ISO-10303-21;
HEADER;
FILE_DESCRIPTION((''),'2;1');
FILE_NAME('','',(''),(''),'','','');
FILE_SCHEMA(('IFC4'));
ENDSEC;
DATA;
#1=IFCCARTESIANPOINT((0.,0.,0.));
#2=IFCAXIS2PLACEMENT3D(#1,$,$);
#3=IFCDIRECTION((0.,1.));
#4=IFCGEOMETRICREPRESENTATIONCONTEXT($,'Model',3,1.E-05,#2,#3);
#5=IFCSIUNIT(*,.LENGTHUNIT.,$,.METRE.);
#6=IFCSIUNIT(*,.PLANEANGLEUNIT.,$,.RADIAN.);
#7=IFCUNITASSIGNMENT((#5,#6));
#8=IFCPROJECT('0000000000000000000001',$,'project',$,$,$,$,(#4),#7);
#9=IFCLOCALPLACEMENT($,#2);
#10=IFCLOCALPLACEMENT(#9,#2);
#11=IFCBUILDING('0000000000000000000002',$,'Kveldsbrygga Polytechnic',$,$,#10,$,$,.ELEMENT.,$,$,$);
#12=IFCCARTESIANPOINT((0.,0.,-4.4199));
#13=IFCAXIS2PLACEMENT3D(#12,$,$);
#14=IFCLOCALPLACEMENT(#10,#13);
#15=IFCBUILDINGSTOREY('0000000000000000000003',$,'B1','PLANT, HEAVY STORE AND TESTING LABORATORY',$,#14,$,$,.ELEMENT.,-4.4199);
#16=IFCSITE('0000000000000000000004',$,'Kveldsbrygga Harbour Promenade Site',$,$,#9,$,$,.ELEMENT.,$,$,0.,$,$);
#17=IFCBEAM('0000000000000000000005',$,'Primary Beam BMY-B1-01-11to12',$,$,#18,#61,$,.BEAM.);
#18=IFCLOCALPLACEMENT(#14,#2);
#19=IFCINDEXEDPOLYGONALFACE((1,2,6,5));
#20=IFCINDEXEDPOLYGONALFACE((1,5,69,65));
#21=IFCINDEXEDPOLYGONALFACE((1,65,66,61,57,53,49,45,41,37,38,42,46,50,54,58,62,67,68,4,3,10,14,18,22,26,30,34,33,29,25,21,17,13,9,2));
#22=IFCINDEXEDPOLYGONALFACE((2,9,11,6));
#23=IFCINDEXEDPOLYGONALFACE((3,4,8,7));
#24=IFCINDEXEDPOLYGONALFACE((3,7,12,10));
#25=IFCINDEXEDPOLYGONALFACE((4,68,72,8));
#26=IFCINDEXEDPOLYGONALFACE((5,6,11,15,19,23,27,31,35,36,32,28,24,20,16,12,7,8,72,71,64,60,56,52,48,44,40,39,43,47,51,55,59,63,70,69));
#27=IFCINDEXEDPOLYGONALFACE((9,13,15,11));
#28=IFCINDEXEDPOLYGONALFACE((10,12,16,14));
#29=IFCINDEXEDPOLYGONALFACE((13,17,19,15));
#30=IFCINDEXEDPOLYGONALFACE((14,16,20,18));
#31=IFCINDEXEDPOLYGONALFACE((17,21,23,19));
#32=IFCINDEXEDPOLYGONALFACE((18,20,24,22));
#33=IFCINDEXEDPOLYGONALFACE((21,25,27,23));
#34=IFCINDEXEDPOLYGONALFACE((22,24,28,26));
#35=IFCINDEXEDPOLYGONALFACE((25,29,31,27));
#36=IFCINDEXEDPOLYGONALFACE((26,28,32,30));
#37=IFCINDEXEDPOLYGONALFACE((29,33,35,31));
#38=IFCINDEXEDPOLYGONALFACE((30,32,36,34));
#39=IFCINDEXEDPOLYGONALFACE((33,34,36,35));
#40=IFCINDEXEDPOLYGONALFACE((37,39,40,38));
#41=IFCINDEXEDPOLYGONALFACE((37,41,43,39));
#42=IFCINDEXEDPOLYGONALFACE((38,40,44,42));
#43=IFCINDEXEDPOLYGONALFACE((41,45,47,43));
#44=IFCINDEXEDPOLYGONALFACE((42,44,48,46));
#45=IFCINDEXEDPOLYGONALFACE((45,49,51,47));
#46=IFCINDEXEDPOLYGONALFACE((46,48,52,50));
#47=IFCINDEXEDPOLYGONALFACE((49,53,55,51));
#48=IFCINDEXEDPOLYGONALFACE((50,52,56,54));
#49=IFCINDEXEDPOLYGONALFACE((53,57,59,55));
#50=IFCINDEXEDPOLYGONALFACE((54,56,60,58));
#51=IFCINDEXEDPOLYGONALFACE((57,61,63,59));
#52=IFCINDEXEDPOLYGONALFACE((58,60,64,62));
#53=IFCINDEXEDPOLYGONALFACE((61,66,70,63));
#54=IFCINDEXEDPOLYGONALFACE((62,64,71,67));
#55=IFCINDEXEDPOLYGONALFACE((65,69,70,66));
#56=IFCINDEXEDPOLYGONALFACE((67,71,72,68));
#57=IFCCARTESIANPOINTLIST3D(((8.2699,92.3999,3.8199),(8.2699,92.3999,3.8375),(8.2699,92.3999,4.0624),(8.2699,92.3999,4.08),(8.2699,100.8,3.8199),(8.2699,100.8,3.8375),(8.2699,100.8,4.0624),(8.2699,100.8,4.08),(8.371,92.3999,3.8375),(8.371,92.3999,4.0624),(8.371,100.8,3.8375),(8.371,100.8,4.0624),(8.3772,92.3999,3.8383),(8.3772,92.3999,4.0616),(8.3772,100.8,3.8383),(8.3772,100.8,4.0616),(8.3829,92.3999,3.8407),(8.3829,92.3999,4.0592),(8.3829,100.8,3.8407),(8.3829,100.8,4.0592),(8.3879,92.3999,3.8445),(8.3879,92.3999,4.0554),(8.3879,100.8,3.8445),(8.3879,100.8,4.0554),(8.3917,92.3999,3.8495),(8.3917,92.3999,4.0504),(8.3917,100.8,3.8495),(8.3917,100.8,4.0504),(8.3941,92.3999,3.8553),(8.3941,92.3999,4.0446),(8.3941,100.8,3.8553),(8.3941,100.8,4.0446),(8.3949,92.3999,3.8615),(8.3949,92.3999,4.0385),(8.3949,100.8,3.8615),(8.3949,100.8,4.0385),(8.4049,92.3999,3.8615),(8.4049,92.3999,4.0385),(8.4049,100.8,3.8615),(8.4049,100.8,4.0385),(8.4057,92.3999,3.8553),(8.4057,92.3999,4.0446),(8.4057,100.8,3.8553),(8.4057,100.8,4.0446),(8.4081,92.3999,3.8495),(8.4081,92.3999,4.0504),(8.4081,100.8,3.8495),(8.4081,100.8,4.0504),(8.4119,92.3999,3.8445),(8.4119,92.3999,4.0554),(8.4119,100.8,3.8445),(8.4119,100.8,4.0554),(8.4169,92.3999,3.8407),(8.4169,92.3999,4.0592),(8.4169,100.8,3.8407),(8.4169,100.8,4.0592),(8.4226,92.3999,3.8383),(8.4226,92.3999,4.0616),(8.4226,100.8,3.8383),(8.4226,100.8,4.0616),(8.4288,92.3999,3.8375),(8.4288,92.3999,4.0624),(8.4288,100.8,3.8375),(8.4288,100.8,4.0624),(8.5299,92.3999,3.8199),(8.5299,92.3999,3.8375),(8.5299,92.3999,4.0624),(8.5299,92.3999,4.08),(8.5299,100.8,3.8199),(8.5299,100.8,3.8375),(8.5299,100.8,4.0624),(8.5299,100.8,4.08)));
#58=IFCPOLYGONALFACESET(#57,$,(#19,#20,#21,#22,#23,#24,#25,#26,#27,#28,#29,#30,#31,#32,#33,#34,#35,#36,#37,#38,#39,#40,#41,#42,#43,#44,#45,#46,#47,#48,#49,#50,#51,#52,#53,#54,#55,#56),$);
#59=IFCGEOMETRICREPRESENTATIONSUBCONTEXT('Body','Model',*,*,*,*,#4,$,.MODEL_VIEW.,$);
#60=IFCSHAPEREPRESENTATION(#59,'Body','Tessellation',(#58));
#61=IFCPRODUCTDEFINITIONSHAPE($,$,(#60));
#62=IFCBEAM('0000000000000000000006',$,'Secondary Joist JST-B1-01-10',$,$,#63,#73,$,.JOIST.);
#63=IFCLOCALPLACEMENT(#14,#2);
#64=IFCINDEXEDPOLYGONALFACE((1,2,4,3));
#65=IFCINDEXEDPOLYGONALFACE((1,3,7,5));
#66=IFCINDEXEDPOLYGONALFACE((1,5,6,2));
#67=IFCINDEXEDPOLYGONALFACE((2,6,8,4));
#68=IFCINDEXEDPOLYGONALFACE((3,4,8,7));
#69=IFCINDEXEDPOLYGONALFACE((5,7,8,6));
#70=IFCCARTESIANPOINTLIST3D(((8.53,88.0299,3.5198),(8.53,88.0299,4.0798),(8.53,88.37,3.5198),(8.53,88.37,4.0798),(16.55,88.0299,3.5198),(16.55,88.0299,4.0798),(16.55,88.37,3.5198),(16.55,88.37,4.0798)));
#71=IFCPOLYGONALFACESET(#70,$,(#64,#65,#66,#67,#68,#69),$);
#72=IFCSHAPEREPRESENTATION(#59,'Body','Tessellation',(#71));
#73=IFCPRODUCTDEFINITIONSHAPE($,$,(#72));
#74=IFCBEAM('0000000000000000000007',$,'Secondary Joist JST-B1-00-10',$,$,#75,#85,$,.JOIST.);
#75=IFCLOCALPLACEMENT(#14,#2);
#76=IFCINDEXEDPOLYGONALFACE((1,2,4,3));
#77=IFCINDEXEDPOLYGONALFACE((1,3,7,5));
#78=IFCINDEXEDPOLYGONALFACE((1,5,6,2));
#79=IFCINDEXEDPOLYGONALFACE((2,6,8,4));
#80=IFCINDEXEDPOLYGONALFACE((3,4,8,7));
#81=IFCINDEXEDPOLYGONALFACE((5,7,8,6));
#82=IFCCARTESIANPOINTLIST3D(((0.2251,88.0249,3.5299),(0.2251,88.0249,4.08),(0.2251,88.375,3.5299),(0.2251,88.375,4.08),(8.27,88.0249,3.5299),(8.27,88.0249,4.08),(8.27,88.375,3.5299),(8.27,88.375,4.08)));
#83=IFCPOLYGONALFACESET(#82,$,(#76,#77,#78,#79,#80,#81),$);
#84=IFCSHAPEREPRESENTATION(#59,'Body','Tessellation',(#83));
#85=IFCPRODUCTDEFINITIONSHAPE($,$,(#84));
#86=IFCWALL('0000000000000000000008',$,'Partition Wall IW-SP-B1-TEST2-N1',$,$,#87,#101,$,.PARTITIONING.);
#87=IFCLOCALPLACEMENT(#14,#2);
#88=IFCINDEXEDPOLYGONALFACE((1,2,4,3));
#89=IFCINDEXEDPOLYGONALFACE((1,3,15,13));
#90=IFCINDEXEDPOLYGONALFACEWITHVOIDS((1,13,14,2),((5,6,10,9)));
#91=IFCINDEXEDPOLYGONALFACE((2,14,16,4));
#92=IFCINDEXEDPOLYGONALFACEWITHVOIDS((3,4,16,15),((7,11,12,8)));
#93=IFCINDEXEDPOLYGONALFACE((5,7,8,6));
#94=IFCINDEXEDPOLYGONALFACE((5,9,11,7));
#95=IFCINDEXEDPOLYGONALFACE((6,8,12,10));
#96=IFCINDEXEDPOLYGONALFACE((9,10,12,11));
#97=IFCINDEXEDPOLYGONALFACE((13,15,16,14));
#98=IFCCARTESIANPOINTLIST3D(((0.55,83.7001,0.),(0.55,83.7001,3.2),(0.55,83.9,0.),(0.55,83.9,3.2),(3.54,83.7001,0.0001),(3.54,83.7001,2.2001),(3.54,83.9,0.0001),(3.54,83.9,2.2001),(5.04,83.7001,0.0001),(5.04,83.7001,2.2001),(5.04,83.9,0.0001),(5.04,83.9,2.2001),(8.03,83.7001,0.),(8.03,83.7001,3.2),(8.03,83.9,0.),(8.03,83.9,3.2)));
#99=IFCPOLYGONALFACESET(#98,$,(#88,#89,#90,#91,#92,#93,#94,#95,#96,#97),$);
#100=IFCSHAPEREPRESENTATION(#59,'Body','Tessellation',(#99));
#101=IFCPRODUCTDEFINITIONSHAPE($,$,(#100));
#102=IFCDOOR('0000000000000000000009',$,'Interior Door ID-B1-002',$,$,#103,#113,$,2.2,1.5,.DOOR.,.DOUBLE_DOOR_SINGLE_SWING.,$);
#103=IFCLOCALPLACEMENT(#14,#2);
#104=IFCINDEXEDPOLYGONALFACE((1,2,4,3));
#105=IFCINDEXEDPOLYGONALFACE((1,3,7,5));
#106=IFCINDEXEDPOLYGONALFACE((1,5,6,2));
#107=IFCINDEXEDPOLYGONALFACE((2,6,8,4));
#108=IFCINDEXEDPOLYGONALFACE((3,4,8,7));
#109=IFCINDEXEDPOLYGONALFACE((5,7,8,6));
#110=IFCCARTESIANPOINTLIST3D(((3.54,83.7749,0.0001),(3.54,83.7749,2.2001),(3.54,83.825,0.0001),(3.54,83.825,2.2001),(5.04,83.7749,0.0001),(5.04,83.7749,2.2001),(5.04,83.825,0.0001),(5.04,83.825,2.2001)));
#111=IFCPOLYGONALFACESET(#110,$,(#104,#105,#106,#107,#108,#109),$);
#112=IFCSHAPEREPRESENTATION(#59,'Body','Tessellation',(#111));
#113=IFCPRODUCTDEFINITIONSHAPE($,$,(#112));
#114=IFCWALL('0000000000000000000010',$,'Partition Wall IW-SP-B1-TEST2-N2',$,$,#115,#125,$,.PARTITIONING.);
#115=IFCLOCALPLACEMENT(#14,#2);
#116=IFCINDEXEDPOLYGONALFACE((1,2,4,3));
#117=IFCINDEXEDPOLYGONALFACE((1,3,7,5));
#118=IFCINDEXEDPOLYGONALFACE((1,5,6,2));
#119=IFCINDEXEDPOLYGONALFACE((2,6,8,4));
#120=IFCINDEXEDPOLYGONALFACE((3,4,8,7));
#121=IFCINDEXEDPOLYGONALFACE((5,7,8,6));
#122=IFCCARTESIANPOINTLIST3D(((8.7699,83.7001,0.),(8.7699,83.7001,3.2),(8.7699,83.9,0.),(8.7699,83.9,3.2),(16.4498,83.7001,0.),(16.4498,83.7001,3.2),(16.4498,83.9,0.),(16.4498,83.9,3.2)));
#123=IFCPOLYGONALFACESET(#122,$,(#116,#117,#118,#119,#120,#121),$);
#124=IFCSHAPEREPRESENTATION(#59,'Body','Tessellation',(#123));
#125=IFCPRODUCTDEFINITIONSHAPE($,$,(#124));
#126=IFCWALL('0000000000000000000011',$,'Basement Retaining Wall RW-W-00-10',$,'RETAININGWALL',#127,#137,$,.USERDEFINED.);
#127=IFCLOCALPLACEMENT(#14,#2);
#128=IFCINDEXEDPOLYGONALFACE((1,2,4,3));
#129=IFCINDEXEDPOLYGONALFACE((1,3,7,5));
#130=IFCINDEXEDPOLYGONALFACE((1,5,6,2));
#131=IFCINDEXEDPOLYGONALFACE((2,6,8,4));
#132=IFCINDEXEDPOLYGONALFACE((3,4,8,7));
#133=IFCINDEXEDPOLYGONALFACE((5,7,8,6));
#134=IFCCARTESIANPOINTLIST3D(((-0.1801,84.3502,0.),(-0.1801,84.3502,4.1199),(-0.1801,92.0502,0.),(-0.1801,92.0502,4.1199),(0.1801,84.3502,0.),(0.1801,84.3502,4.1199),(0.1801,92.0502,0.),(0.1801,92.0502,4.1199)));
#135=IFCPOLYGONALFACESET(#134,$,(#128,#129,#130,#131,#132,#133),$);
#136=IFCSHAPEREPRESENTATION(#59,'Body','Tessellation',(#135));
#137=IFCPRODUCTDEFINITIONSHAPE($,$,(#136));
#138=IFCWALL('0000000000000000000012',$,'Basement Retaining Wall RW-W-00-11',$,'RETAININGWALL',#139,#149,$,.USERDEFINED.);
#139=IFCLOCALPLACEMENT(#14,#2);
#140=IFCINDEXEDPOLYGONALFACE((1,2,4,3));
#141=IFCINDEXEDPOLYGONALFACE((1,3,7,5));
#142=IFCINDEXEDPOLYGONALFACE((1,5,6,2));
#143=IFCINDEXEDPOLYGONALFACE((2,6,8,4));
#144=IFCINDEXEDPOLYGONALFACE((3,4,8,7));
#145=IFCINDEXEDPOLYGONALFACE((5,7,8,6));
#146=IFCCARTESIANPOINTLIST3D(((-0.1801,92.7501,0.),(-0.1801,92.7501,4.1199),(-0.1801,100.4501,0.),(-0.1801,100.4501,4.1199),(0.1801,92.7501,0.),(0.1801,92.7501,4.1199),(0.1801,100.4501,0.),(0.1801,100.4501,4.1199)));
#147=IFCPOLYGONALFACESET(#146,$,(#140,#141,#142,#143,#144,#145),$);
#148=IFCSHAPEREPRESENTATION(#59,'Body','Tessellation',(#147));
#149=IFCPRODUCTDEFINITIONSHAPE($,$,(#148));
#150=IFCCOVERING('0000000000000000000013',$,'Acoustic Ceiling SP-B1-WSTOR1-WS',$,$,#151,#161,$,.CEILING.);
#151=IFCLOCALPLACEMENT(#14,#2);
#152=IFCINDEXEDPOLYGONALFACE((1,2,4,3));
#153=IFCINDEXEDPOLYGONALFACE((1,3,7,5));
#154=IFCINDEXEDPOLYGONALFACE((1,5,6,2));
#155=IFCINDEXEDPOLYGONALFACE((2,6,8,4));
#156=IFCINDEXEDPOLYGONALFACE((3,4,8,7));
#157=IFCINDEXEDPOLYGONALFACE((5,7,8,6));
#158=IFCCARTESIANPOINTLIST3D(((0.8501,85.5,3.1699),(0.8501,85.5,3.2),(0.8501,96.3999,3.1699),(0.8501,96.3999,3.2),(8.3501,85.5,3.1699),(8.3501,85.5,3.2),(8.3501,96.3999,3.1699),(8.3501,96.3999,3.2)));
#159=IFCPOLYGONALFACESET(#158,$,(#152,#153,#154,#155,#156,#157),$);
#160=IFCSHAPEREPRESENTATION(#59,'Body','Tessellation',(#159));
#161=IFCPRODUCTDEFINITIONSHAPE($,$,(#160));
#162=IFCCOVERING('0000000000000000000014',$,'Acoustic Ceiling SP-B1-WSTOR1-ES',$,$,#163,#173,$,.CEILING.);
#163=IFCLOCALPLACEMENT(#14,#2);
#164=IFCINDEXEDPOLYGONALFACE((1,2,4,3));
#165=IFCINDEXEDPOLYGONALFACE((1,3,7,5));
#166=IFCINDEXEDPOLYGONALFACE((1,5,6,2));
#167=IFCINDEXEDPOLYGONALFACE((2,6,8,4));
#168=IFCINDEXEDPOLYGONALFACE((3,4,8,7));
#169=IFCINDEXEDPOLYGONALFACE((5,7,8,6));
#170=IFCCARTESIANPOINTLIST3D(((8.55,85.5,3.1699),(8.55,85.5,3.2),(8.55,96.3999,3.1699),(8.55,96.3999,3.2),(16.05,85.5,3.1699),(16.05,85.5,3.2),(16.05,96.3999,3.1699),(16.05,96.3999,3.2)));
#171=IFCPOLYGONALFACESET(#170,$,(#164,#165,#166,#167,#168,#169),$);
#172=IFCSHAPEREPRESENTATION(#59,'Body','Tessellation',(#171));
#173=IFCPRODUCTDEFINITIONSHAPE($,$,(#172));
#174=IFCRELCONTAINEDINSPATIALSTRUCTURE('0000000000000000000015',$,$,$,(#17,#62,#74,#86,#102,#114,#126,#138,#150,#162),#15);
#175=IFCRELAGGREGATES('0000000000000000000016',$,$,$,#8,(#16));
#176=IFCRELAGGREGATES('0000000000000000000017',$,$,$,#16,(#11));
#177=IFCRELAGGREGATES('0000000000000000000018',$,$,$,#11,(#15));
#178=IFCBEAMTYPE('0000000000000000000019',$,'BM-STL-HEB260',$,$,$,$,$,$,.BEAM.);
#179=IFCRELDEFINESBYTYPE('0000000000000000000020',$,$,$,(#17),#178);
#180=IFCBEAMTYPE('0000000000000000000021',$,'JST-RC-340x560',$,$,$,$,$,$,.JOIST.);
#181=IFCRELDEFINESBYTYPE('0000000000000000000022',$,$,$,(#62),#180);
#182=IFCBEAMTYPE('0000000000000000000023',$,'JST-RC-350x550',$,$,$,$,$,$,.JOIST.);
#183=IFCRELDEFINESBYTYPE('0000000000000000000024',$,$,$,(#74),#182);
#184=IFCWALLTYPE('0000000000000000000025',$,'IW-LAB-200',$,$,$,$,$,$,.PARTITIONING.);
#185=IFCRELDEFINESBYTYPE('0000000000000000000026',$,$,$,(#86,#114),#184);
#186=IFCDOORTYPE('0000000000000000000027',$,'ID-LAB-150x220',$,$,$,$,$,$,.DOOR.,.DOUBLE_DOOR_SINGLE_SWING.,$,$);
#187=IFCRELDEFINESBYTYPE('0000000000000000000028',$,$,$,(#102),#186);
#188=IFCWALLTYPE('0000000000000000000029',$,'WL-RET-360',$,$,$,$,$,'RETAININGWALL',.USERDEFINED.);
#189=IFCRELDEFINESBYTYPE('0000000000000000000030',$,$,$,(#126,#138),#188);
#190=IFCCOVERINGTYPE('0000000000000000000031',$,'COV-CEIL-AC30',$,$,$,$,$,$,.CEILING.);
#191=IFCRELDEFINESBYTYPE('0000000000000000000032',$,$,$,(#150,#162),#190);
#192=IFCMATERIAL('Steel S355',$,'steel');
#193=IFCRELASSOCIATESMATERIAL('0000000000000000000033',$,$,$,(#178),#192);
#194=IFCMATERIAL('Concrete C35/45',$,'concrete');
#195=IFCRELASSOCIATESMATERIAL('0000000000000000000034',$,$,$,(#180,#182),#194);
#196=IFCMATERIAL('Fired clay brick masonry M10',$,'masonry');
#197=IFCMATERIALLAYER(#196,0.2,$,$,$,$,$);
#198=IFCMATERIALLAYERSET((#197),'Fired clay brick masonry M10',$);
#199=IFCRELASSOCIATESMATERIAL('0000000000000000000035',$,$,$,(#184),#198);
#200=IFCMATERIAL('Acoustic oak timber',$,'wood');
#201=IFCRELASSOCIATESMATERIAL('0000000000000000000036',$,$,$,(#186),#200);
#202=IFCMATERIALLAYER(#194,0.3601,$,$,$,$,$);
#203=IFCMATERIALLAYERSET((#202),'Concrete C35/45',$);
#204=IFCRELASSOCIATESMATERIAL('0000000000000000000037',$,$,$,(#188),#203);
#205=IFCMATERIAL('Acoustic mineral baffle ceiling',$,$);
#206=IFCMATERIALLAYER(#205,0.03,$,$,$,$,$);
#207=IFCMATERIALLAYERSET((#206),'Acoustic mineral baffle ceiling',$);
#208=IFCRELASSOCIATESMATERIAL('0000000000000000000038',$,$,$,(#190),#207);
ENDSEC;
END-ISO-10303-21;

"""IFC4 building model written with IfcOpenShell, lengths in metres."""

from ifc_helpers import new_model, si_unit, direction, frame, frame_2d, origin, origin_2d, place, context, subcontext, project, spatial, rectangle, i_section, extrude, material, layer, layer_set, material_profile, profile_set, type_object, element, fill, save


model = new_model("IFC4")

# Units and contexts
model_context = context("Model", 3, precision=1e-05, world=origin(), true_north=direction((0.0, 1.0)))
body_context = subcontext(model_context, "Body", "Model", "MODEL_VIEW")
ifc_project = project(units=[si_unit("LENGTHUNIT", "METRE"), si_unit("PLANEANGLEUNIT", "RADIAN")], contexts=[model_context])

# Site, building, storey
site_placement = place(None, origin())
site = spatial("IfcSite", under=ifc_project, at=site_placement, Name="Kveldsbrygga Harbour Promenade Site", CompositionType="ELEMENT", RefElevation=0.0)
building_placement = place(site_placement, origin())
building = spatial("IfcBuilding", under=site, at=building_placement, Name="Kveldsbrygga Polytechnic", CompositionType="ELEMENT")
storey_placement = place(building_placement, frame((0.0, 0.0, -4.4199)))
storey = spatial("IfcBuildingStorey", under=building, at=storey_placement, Name="B1", Description="PLANT, HEAVY STORE AND TESTING LABORATORY", CompositionType="ELEMENT", Elevation=-4.4199)

# Beams
ifc_material_1 = material(Name="Concrete C35/45", Category="concrete")
ifc_material_2 = material(Name="Steel S355", Category="steel")
ifc_material_profile_1 = material_profile(ifc_material_2, i_section(OverallWidth=0.26, OverallDepth=0.26, WebThickness=0.01, FlangeThickness=0.0176, FilletRadius=0.0239, at=origin_2d()), Name="HEB 260")
ifc_profile_set_1 = profile_set([ifc_material_profile_1], Name="Steel S355")
beam_type_1 = type_object("IfcBeamType", Name="BM-STL-HEB260", PredefinedType="BEAM", material=ifc_profile_set_1)
beam_1_placement = place(storey_placement, frame((8.3999, 92.3999, 3.95), z_axis=(0.0, 1.0, 0.0), x_axis=(-1.0, 0.0, 0.0)))
element("IfcBeam", 1, at=beam_1_placement, inside=storey, type_object=beam_type_1, Name="Primary Beam BMY-B1-01-11to12", PredefinedType="BEAM", context=body_context, shape_type="SweptSolid", body=[
    extrude(i_section(OverallWidth=0.26, OverallDepth=0.26, WebThickness=0.01, FlangeThickness=0.0176, FilletRadius=0.0239, at=origin_2d()), origin(), (0.0, 0.0, 1.0), 8.4001),
])
ifc_material_profile_2 = material_profile(ifc_material_1, rectangle(XDim=0.3401, YDim=0.5601, at=origin_2d()), Name="RC 340x560")
ifc_profile_set_2 = profile_set([ifc_material_profile_2], Name="Concrete C35/45")
beam_type_2 = type_object("IfcBeamType", Name="JST-RC-340x560", PredefinedType="JOIST", material=ifc_profile_set_2)
beam_2_placement = place(storey_placement, frame((8.53, 88.2, 3.7998), z_axis=(1.0, 0.0, 0.0), x_axis=(0.0, 1.0, 0.0)))
element("IfcBeam", 2, at=beam_2_placement, inside=storey, type_object=beam_type_2, Name="Secondary Joist JST-B1-01-10", PredefinedType="JOIST", context=body_context, shape_type="SweptSolid", body=[
    extrude(rectangle(XDim=0.3401, YDim=0.5601, at=origin_2d()), origin(), (0.0, 0.0, 1.0), 8.02),
])
ifc_material_profile_3 = material_profile(ifc_material_1, rectangle(XDim=0.3501, YDim=0.55, at=origin_2d()), Name="RC 350x550")
ifc_profile_set_3 = profile_set([ifc_material_profile_3], Name="Concrete C35/45")
beam_type_3 = type_object("IfcBeamType", Name="JST-RC-350x550", PredefinedType="JOIST", material=ifc_profile_set_3)
beam_3_placement = place(storey_placement, frame((0.2251, 88.2, 3.8049), z_axis=(1.0, 0.0, 0.0), x_axis=(0.0, 1.0, 0.0)))
element("IfcBeam", 3, at=beam_3_placement, inside=storey, type_object=beam_type_3, Name="Secondary Joist JST-B1-00-10", PredefinedType="JOIST", context=body_context, shape_type="SweptSolid", body=[
    extrude(rectangle(XDim=0.3501, YDim=0.55, at=origin_2d()), origin(), (0.0, 0.0, 1.0), 8.0449),
])

# Wall, opening, door
ifc_material_3 = material(Name="Fired clay brick masonry M10", Category="masonry")
ifc_layer_1 = layer(ifc_material_3, 0.2)
ifc_layer_set_1 = layer_set([ifc_layer_1], Name="Fired clay brick masonry M10")
wall_type_1 = type_object("IfcWallType", Name="IW-LAB-200", PredefinedType="PARTITIONING", material=ifc_layer_set_1)
wall_1_placement = place(storey_placement, frame((0.55, 83.8, 0.0), z_axis=(0.0, 0.0, 1.0), x_axis=(1.0, 0.0, 0.0)))
wall_1 = element("IfcWall", 4, at=wall_1_placement, inside=storey, type_object=wall_type_1, Name="Partition Wall IW-SP-B1-TEST2-N1", PredefinedType="PARTITIONING", context=body_context, shape_type="SweptSolid", body=[
    extrude(rectangle(XDim=7.48, YDim=0.2, at=frame_2d((3.74, 0.0))), origin(), (0.0, 0.0, 1.0), 3.2),
])
opening_placement = place(wall_1_placement, frame((2.99, 0.0, 0.0)))
opening = element("IfcOpeningElement", 5, at=opening_placement, cuts=wall_1, PredefinedType="OPENING", context=body_context, shape_type="SweptSolid", body=[
    extrude(rectangle(XDim=1.5, YDim=2.2, at=frame_2d((0.75, 1.1001))), frame((0.0, 0.1099, 0.0), z_axis=(0.0, -1.0, 0.0), x_axis=(1.0, 0.0, 0.0)), (0.0, 0.0, 1.0), 0.22),
])
ifc_material_4 = material(Name="Acoustic oak timber", Category="wood")
door_type = type_object("IfcDoorType", Name="ID-LAB-150x220", OperationType="DOUBLE_DOOR_SINGLE_SWING", PredefinedType="DOOR", material=ifc_material_4)
door_placement = place(opening_placement, origin())
door = element("IfcDoor", 6, at=door_placement, inside=storey, type_object=door_type, Name="Interior Door ID-B1-002", OperationType="DOUBLE_DOOR_SINGLE_SWING", OverallHeight=2.2, OverallWidth=1.5, PredefinedType="DOOR", context=body_context, shape_type="SweptSolid", body=[
    extrude(rectangle(XDim=1.5, YDim=2.2, at=frame_2d((0.75, 1.1001))), frame((0.0, 0.0249, 0.0), z_axis=(0.0, -1.0, 0.0), x_axis=(1.0, 0.0, 0.0)), (0.0, 0.0, 1.0), 0.05),
])
fill(opening, door)

# Walls
wall_2_placement = place(storey_placement, frame((8.77, 83.8, 0.0), z_axis=(0.0, 0.0, 1.0), x_axis=(1.0, 0.0, 0.0)))
element("IfcWall", 7, at=wall_2_placement, inside=storey, type_object=wall_type_1, Name="Partition Wall IW-SP-B1-TEST2-N2", PredefinedType="PARTITIONING", context=body_context, shape_type="SweptSolid", body=[
    extrude(rectangle(XDim=7.6799, YDim=0.2, at=frame_2d((3.8398, 0.0))), origin(), (0.0, 0.0, 1.0), 3.2),
])
ifc_layer_2 = layer(ifc_material_1, 0.3601)
ifc_layer_set_2 = layer_set([ifc_layer_2], Name="Concrete C35/45")
wall_type_2 = type_object("IfcWallType", Name="WL-RET-360", ElementType="RETAININGWALL", PredefinedType="USERDEFINED", material=ifc_layer_set_2)
for number, where, z_axis, x_axis, name in (
    (8, (0.0, 84.3501, 0.0), (0.0, 0.0, 1.0), (0.0, 1.0, 0.0), "Basement Retaining Wall RW-W-00-10"),
    (9, (0.0, 92.75, 0.0), (0.0, 0.0, 1.0), (0.0, 1.0, 0.0), "Basement Retaining Wall RW-W-00-11"),
):
    element("IfcWall", number, at=place(storey_placement, frame(where, z_axis=z_axis, x_axis=x_axis)), inside=storey, type_object=wall_type_2, Name=name, ObjectType="RETAININGWALL", PredefinedType="USERDEFINED", context=body_context, shape_type="SweptSolid", body=[
        extrude(rectangle(XDim=7.7, YDim=0.3601, at=frame_2d((3.8501, 0.0))), origin(), (0.0, 0.0, 1.0), 4.1199),
    ])

# Coverings
ifc_material_5 = material(Name="Acoustic mineral baffle ceiling")
ifc_layer_3 = layer(ifc_material_5, 0.03)
ifc_layer_set_3 = layer_set([ifc_layer_3], Name="Acoustic mineral baffle ceiling")
covering_type_1 = type_object("IfcCoveringType", Name="COV-CEIL-AC30", PredefinedType="CEILING", material=ifc_layer_set_3)
for number, where, z_axis, x_axis, name in (
    (10, (4.6001, 90.95, 3.1699), (0.0, 0.0, 1.0), (1.0, 0.0, 0.0), "Acoustic Ceiling SP-B1-WSTOR1-WS"),
    (11, (12.3, 90.95, 3.1699), (0.0, 0.0, 1.0), (1.0, 0.0, 0.0), "Acoustic Ceiling SP-B1-WSTOR1-ES"),
):
    element("IfcCovering", number, at=place(storey_placement, frame(where, z_axis=z_axis, x_axis=x_axis)), inside=storey, type_object=covering_type_1, Name=name, PredefinedType="CEILING", context=body_context, shape_type="SweptSolid", body=[
        extrude(rectangle(XDim=7.5, YDim=10.8999, at=origin_2d()), origin(), (0.0, 0.0, 1.0), 0.03),
    ])

save(model, "model.ifc")
